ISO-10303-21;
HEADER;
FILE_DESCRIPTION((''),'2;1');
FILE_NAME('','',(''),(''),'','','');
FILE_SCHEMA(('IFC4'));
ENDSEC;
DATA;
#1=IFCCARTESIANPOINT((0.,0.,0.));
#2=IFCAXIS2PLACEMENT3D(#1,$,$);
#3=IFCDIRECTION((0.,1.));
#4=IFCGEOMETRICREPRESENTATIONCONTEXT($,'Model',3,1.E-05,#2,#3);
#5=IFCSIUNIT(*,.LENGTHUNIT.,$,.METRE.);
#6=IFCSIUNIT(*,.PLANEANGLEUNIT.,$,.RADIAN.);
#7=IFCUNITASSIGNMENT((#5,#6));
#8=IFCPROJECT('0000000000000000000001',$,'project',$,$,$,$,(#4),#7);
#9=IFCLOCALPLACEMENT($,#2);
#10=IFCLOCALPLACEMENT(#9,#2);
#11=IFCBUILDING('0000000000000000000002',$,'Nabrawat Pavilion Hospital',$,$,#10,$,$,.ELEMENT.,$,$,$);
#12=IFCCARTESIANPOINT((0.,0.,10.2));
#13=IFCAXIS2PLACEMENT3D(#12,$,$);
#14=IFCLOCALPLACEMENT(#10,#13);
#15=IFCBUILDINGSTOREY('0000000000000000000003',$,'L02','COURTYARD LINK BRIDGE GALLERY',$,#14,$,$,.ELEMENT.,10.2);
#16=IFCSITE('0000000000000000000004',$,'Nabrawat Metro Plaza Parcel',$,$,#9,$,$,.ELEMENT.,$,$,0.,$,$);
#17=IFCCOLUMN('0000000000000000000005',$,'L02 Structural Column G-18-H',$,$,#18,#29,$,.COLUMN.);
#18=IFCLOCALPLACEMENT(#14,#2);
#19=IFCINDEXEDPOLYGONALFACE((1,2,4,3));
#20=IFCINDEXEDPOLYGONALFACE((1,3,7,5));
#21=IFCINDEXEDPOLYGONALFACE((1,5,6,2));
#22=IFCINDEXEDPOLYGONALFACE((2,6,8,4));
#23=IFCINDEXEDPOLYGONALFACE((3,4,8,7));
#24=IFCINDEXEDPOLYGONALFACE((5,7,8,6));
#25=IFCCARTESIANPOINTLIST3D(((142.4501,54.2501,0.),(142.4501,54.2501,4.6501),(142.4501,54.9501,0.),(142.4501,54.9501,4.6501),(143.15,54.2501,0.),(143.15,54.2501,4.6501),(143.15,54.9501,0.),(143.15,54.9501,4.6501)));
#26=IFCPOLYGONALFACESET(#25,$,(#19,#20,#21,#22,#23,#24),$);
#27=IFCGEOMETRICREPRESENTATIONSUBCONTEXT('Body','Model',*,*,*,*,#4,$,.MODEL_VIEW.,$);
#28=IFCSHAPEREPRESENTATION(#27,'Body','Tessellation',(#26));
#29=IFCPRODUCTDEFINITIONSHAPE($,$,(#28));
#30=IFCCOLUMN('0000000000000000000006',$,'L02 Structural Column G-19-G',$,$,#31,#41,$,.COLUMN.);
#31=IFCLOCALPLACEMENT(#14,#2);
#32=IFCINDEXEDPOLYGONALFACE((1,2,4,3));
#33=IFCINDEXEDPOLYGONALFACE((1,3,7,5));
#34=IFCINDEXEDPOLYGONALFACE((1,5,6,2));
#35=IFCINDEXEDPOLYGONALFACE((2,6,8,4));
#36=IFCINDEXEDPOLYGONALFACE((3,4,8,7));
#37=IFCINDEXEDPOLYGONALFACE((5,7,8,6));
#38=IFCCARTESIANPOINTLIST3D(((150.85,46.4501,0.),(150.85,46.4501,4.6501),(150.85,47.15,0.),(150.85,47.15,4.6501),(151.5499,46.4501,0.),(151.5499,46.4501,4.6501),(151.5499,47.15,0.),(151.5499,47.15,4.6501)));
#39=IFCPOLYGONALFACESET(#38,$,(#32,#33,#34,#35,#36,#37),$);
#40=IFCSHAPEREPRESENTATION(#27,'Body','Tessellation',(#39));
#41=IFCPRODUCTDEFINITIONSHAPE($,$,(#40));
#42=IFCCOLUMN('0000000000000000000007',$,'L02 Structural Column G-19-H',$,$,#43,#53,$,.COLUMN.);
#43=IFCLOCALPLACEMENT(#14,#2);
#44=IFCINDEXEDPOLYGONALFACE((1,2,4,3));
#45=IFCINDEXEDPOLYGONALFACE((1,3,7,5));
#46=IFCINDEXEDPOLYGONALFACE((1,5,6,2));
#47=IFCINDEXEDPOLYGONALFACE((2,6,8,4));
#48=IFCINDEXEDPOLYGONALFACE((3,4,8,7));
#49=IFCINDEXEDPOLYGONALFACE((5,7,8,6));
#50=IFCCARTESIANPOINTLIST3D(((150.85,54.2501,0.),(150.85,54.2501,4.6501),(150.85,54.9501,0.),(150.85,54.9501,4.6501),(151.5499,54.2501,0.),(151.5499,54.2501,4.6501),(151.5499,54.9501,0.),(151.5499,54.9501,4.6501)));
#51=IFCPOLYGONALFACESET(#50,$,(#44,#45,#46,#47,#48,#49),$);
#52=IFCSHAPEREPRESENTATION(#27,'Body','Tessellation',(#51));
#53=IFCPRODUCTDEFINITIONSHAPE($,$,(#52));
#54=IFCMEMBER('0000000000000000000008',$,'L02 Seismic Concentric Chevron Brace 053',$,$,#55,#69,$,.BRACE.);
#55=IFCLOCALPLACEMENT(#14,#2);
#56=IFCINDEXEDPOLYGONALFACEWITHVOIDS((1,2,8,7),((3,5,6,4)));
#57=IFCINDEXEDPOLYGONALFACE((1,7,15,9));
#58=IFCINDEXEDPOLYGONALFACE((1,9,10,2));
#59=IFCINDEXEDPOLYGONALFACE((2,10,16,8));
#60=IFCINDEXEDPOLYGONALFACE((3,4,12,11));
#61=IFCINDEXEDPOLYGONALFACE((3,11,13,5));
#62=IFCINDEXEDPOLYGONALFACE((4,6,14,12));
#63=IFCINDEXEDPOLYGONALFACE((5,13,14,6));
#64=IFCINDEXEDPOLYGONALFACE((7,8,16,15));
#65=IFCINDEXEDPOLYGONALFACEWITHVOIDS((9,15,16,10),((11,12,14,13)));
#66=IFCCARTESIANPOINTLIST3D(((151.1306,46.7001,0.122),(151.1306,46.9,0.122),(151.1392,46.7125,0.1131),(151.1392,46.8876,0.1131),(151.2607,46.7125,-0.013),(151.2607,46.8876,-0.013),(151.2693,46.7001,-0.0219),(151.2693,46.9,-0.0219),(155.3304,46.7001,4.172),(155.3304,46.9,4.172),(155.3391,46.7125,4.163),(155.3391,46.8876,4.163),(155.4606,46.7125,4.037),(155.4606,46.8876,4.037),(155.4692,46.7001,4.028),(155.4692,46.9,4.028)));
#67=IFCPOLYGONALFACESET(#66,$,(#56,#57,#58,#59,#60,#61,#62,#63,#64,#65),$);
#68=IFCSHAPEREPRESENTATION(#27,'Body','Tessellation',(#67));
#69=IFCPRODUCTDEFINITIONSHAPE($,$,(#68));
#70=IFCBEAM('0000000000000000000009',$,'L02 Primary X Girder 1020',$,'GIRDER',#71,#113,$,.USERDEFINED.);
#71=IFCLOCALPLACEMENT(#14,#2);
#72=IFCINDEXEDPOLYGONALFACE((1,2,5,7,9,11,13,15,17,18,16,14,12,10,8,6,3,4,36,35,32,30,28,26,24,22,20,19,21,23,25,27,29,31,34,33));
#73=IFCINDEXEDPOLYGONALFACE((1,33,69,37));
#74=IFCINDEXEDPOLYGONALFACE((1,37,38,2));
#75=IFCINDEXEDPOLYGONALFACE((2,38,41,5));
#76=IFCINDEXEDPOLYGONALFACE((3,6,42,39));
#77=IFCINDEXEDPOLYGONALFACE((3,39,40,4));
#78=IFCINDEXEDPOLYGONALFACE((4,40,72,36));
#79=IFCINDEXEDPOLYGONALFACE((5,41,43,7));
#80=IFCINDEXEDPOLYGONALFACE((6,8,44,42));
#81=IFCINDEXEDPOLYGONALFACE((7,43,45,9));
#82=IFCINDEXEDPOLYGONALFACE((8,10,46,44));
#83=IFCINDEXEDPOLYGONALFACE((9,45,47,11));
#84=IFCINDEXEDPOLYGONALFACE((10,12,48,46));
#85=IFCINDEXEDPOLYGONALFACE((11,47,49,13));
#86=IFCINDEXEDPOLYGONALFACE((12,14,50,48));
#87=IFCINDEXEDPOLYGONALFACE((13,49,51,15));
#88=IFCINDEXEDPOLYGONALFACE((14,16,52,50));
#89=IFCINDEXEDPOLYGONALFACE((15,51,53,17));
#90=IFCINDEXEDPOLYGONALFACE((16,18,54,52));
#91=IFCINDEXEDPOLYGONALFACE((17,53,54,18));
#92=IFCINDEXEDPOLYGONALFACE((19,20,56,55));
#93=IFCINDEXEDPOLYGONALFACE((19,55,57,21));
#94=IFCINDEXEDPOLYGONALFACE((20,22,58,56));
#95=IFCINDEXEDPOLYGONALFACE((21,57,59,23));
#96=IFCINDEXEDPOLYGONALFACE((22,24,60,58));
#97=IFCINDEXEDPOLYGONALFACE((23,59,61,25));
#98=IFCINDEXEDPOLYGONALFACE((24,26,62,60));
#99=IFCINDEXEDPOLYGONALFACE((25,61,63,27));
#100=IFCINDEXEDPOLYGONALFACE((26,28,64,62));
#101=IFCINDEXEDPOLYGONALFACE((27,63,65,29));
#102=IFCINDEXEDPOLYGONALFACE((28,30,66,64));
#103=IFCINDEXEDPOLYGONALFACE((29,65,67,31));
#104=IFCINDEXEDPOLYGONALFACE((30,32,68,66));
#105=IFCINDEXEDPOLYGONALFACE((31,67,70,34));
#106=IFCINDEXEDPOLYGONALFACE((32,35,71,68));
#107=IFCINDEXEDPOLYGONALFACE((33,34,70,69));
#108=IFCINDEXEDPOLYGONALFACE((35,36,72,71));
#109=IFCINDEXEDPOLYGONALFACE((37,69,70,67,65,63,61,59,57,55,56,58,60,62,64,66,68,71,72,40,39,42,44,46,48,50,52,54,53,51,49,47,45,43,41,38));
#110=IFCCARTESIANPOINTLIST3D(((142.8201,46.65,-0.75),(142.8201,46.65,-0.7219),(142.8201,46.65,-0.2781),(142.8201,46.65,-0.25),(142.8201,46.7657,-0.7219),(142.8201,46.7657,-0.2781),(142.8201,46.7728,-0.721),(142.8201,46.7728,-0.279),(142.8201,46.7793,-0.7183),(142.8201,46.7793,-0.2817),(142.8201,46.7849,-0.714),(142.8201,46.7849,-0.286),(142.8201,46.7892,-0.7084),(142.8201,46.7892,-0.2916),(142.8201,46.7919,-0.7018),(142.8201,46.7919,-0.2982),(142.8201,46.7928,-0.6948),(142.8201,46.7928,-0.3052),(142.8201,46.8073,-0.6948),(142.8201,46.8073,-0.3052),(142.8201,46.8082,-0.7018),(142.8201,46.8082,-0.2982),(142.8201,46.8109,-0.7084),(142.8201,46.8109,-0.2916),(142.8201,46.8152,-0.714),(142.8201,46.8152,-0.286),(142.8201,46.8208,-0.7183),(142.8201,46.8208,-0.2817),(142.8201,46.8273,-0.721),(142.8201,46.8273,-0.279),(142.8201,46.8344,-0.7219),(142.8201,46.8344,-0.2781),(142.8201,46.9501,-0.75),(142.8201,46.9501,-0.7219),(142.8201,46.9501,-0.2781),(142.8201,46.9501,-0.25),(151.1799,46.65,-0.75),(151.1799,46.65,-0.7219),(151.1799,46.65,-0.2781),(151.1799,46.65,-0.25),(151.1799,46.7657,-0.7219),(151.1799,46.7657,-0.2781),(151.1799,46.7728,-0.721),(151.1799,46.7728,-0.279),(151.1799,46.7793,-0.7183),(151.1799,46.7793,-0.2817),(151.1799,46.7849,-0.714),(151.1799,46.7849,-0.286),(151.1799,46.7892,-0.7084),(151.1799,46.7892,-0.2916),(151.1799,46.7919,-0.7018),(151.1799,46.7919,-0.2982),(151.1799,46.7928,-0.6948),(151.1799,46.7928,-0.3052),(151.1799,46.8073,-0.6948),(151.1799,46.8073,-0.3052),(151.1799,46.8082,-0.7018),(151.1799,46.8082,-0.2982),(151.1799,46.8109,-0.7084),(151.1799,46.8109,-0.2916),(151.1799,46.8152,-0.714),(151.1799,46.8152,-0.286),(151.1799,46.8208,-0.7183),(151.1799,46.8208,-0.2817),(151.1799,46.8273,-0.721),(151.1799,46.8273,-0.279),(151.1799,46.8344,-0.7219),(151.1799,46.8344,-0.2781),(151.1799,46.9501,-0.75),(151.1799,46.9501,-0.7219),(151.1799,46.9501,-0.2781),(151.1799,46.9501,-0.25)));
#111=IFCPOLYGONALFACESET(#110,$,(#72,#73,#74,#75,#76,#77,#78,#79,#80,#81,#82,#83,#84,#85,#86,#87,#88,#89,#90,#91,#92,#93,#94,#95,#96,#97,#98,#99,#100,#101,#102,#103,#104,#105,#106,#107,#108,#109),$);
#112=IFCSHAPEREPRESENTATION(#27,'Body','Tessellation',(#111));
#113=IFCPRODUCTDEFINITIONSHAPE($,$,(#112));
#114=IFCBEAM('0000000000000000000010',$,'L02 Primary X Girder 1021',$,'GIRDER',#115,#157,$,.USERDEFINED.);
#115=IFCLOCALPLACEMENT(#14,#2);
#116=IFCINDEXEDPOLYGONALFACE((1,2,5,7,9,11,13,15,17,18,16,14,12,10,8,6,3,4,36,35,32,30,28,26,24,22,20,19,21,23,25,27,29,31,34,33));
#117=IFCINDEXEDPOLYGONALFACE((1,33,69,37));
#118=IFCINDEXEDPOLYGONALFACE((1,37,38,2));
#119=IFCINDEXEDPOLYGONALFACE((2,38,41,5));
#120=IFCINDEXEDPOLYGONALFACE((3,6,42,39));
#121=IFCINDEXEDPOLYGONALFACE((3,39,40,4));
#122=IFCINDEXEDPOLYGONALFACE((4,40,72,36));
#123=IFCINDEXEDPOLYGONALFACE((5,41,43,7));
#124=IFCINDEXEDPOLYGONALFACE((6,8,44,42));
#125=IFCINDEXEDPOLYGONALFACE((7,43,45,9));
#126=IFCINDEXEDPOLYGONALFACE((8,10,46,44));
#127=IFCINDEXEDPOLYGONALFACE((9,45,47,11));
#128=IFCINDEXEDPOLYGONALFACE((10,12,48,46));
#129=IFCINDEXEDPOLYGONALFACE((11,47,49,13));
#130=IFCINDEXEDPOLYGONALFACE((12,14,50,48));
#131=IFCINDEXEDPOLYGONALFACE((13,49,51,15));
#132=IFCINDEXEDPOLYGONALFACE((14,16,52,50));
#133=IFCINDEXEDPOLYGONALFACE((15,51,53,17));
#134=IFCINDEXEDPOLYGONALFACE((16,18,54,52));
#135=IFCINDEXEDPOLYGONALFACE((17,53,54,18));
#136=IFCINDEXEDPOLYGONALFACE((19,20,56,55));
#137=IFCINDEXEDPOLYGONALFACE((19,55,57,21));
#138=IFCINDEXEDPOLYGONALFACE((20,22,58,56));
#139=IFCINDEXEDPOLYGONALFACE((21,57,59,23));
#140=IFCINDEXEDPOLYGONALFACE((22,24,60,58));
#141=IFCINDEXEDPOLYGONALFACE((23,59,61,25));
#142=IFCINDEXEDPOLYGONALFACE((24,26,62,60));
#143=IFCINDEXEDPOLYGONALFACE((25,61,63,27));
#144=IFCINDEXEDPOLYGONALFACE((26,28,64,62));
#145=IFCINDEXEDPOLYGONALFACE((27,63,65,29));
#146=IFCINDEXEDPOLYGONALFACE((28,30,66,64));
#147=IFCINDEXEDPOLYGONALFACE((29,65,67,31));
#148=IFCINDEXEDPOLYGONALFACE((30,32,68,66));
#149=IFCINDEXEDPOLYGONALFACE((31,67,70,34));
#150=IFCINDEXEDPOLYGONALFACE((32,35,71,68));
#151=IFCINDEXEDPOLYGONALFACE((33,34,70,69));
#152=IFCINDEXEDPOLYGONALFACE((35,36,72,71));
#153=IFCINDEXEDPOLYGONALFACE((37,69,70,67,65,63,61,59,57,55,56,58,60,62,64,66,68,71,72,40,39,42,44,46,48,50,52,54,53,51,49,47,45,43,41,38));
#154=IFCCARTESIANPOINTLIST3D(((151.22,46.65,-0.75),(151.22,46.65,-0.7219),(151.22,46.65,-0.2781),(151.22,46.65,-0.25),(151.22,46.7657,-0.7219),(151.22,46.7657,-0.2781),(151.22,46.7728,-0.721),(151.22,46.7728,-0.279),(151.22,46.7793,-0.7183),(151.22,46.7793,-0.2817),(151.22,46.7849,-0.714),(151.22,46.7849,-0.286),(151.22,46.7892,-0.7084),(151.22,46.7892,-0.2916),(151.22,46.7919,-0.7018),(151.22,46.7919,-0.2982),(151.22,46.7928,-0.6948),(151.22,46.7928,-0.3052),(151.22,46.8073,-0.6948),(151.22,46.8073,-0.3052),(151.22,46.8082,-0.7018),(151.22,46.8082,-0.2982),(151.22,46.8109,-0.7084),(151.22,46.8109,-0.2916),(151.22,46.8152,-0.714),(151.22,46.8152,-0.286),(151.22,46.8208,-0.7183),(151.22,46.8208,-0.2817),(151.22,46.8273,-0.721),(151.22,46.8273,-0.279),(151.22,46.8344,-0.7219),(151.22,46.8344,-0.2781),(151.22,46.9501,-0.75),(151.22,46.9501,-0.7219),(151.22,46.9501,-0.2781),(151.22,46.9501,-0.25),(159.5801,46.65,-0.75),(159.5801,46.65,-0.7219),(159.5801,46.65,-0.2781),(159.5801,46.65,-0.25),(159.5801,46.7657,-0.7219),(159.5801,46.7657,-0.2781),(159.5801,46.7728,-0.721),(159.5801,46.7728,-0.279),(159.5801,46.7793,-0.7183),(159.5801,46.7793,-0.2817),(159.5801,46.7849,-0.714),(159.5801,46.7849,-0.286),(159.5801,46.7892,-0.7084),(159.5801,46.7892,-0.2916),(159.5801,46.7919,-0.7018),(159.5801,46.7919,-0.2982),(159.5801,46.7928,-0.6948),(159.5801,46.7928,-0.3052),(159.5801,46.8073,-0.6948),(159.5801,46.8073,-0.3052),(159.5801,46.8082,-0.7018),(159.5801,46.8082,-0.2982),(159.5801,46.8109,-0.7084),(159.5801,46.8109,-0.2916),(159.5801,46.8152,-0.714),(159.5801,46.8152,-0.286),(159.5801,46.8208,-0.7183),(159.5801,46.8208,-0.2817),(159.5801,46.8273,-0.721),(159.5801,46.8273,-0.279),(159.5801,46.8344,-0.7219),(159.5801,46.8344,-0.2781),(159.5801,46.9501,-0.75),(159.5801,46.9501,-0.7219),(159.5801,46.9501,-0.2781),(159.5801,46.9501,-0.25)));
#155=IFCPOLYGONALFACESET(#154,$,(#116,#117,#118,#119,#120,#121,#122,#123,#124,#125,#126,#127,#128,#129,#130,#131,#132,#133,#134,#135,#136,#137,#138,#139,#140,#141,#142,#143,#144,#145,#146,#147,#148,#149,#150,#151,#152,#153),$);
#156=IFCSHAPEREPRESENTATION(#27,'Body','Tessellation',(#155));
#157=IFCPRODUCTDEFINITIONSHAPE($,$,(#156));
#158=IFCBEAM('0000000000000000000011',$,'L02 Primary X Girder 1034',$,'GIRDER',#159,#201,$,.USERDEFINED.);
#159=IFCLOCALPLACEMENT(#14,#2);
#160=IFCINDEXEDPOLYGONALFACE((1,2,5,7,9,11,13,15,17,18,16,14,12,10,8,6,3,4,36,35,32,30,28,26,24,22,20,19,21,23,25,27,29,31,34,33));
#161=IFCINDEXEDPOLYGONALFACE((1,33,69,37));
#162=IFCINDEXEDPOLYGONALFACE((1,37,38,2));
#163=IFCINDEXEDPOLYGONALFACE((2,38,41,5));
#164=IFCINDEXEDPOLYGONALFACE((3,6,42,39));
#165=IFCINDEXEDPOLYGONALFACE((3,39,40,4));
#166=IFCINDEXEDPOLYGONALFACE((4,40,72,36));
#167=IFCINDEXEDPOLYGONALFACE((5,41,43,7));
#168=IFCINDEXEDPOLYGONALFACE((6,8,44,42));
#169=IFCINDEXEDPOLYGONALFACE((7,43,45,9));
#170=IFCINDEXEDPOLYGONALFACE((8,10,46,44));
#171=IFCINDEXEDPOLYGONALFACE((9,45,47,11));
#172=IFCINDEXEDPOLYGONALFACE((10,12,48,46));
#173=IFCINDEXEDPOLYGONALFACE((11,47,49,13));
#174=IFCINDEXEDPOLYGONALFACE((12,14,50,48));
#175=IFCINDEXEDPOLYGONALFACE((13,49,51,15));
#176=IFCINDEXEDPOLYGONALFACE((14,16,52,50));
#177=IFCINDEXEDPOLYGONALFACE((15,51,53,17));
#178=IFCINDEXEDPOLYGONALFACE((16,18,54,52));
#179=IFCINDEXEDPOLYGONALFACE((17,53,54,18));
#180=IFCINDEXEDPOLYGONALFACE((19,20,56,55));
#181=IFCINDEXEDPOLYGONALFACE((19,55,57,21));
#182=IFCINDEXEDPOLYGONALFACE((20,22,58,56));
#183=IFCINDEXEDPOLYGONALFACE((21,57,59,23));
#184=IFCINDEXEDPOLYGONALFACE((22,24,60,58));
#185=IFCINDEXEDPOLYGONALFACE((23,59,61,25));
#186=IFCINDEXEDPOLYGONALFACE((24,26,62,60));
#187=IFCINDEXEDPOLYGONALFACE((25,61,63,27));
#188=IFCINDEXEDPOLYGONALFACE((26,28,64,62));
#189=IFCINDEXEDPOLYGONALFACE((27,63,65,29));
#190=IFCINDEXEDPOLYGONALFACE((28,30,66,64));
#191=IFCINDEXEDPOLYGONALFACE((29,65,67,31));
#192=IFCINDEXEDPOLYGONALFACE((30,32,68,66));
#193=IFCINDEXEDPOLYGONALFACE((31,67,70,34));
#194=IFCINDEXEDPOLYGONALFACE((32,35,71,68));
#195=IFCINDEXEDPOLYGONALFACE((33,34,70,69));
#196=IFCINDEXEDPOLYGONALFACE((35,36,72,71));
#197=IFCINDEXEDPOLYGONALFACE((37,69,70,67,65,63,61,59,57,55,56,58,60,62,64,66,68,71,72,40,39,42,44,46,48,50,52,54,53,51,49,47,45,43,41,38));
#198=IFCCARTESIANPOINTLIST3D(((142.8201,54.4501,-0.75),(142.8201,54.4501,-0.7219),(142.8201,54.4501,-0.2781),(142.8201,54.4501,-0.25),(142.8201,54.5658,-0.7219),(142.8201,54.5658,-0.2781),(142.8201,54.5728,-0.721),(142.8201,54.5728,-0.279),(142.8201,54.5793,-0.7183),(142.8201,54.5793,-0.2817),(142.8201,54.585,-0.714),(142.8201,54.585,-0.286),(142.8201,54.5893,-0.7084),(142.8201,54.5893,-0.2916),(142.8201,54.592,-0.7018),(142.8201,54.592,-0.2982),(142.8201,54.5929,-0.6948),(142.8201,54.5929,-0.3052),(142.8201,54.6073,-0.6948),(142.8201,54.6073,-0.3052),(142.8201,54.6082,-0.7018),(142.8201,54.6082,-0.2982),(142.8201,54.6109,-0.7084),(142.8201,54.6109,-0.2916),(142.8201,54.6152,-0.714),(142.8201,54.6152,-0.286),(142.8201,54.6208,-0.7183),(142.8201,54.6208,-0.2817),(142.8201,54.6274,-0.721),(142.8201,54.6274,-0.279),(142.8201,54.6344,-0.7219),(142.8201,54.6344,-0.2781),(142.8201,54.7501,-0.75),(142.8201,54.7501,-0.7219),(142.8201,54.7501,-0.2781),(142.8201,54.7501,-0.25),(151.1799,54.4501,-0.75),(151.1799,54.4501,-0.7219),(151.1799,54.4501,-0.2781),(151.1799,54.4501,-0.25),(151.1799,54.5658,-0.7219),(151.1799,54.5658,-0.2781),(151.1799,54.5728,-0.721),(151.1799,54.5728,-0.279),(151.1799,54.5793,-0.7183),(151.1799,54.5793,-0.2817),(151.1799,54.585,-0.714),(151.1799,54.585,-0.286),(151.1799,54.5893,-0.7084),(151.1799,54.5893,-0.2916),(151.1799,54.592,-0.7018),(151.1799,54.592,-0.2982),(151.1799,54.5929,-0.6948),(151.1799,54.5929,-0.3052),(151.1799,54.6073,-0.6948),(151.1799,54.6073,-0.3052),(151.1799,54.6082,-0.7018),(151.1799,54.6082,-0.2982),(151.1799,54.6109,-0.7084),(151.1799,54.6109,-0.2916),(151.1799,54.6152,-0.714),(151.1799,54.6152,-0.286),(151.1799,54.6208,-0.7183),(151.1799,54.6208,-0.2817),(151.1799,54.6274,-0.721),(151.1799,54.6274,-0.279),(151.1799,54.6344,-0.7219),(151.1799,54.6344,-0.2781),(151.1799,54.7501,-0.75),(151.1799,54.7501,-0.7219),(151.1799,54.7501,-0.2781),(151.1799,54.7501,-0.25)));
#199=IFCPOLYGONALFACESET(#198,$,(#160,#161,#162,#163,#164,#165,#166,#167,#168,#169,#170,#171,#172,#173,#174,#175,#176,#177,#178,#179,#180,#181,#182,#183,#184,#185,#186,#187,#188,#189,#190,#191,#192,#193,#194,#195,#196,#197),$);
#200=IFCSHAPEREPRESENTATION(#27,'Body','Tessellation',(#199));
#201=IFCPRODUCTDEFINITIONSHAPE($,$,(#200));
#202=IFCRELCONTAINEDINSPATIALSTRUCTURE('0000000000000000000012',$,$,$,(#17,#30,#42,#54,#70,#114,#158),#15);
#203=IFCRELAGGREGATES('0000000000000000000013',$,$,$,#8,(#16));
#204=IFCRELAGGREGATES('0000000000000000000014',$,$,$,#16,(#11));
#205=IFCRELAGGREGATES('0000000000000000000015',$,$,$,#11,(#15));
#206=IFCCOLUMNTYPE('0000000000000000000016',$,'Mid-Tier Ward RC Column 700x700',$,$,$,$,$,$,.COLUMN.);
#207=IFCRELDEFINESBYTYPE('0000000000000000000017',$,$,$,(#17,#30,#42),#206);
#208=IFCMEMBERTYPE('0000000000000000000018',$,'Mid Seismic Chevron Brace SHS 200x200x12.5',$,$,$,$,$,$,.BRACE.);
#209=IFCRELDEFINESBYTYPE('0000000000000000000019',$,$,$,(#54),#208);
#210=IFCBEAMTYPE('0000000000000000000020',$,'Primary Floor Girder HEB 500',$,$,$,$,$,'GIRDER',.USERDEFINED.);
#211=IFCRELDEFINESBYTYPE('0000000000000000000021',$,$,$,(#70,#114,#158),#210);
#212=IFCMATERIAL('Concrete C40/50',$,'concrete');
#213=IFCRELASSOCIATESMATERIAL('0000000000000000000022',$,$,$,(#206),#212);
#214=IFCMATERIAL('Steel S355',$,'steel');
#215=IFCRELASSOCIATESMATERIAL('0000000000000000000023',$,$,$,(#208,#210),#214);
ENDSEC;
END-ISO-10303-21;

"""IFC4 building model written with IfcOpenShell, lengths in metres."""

from ifc_helpers import new_model, si_unit, direction, frame, origin, origin_2d, place, context, subcontext, project, spatial, rectangle, hollow_rectangle, i_section, extrude, material, material_profile, profile_set, type_object, element, save


model = new_model("IFC4")

# Units and contexts
model_context = context("Model", 3, precision=1e-05, world=origin(), true_north=direction((0.0, 1.0)))
body_context = subcontext(model_context, "Body", "Model", "MODEL_VIEW")
ifc_project = project(units=[si_unit("LENGTHUNIT", "METRE"), si_unit("PLANEANGLEUNIT", "RADIAN")], contexts=[model_context])

# Site, building, storey
site_placement = place(None, origin())
site = spatial("IfcSite", under=ifc_project, at=site_placement, Name="Nabrawat Metro Plaza Parcel", CompositionType="ELEMENT", RefElevation=0.0)
building_placement = place(site_placement, origin())
building = spatial("IfcBuilding", under=site, at=building_placement, Name="Nabrawat Pavilion Hospital", CompositionType="ELEMENT")
storey_placement = place(building_placement, frame((0.0, 0.0, 10.2)))
storey = spatial("IfcBuildingStorey", under=building, at=storey_placement, Name="L02", Description="COURTYARD LINK BRIDGE GALLERY", CompositionType="ELEMENT", Elevation=10.2)

# Columns
ifc_material_1 = material(Name="Concrete C40/50", Category="concrete")
ifc_material_profile_1 = material_profile(ifc_material_1, rectangle(XDim=0.7, YDim=0.7, at=origin_2d()), Name="RC 700x700")
ifc_profile_set_1 = profile_set([ifc_material_profile_1], Name="Concrete C40/50")
column_type = type_object("IfcColumnType", Name="Mid-Tier Ward RC Column 700x700", PredefinedType="COLUMN", material=ifc_profile_set_1)
for number, where, z_axis, x_axis, name in (
    (1, (142.8, 54.6001, 0.0), (0.0, 0.0, 1.0), (1.0, 0.0, 0.0), "L02 Structural Column G-18-H"),
    (2, (151.2, 46.8, 0.0), (0.0, 0.0, 1.0), (1.0, 0.0, 0.0), "L02 Structural Column G-19-G"),
    (3, (151.2, 54.6001, 0.0), (0.0, 0.0, 1.0), (1.0, 0.0, 0.0), "L02 Structural Column G-19-H"),
):
    element("IfcColumn", number, at=place(storey_placement, frame(where, z_axis=z_axis, x_axis=x_axis)), inside=storey, type_object=column_type, Name=name, PredefinedType="COLUMN", context=body_context, shape_type="SweptSolid", body=[
        extrude(rectangle(XDim=0.7, YDim=0.7, at=origin_2d()), origin(), (0.0, 0.0, 1.0), 4.6501),
    ])

# Member
ifc_material_2 = material(Name="Steel S355", Category="steel")
ifc_material_profile_2 = material_profile(ifc_material_2, hollow_rectangle(XDim=0.2, YDim=0.2, WallThickness=0.0125, at=origin_2d()), Name="SHS 200x200x12.5")
ifc_profile_set_2 = profile_set([ifc_material_profile_2], Name="Steel S355")
member_type = type_object("IfcMemberType", Name="Mid Seismic Chevron Brace SHS 200x200x12.5", PredefinedType="BRACE", material=ifc_profile_set_2)
member_placement = place(storey_placement, frame((151.2, 46.8, 0.05), z_axis=(0.719836, 0.0, 0.694144), x_axis=(0.0, 1.0, 0.0)))
element("IfcMember", 4, at=member_placement, inside=storey, type_object=member_type, Name="L02 Seismic Concentric Chevron Brace 053", PredefinedType="BRACE", context=body_context, shape_type="SweptSolid", body=[
    extrude(hollow_rectangle(XDim=0.2, YDim=0.2, WallThickness=0.0125, at=origin_2d()), origin(), (0.0, 0.0, 1.0), 5.8345),
])

# Beams
ifc_material_profile_3 = material_profile(ifc_material_2, i_section(OverallWidth=0.3, OverallDepth=0.5, WebThickness=0.0144, FlangeThickness=0.0281, FilletRadius=0.0271, at=origin_2d()), Name="HEB 500")
ifc_profile_set_3 = profile_set([ifc_material_profile_3], Name="Steel S355")
beam_type_1 = type_object("IfcBeamType", Name="Primary Floor Girder HEB 500", ElementType="GIRDER", PredefinedType="USERDEFINED", material=ifc_profile_set_3)
beam_1_placement = place(storey_placement, frame((142.8201, 46.8, -0.5), z_axis=(1.0, 0.0, 0.0), x_axis=(0.0, 1.0, 0.0)))
element("IfcBeam", 5, at=beam_1_placement, inside=storey, type_object=beam_type_1, Name="L02 Primary X Girder 1020", ObjectType="GIRDER", PredefinedType="USERDEFINED", context=body_context, shape_type="SweptSolid", body=[
    extrude(i_section(OverallWidth=0.3, OverallDepth=0.5, WebThickness=0.0144, FlangeThickness=0.0281, FilletRadius=0.0271, at=origin_2d()), origin(), (0.0, 0.0, 1.0), 8.3599),
])
beam_2_placement = place(storey_placement, frame((151.22, 46.8, -0.5), z_axis=(1.0, 0.0, 0.0), x_axis=(0.0, 1.0, 0.0)))
element("IfcBeam", 6, at=beam_2_placement, inside=storey, type_object=beam_type_1, Name="L02 Primary X Girder 1021", ObjectType="GIRDER", PredefinedType="USERDEFINED", context=body_context, shape_type="SweptSolid", body=[
    extrude(i_section(OverallWidth=0.3, OverallDepth=0.5, WebThickness=0.0144, FlangeThickness=0.0281, FilletRadius=0.0271, at=origin_2d()), origin(), (0.0, 0.0, 1.0), 8.3601),
])
beam_3_placement = place(storey_placement, frame((142.8201, 54.6001, -0.5), z_axis=(1.0, 0.0, 0.0), x_axis=(0.0, 1.0, 0.0)))
element("IfcBeam", 7, at=beam_3_placement, inside=storey, type_object=beam_type_1, Name="L02 Primary X Girder 1034", ObjectType="GIRDER", PredefinedType="USERDEFINED", context=body_context, shape_type="SweptSolid", body=[
    extrude(i_section(OverallWidth=0.3, OverallDepth=0.5, WebThickness=0.0144, FlangeThickness=0.0281, FilletRadius=0.0271, at=origin_2d()), origin(), (0.0, 0.0, 1.0), 8.3599),
])

save(model, "model.ifc")
